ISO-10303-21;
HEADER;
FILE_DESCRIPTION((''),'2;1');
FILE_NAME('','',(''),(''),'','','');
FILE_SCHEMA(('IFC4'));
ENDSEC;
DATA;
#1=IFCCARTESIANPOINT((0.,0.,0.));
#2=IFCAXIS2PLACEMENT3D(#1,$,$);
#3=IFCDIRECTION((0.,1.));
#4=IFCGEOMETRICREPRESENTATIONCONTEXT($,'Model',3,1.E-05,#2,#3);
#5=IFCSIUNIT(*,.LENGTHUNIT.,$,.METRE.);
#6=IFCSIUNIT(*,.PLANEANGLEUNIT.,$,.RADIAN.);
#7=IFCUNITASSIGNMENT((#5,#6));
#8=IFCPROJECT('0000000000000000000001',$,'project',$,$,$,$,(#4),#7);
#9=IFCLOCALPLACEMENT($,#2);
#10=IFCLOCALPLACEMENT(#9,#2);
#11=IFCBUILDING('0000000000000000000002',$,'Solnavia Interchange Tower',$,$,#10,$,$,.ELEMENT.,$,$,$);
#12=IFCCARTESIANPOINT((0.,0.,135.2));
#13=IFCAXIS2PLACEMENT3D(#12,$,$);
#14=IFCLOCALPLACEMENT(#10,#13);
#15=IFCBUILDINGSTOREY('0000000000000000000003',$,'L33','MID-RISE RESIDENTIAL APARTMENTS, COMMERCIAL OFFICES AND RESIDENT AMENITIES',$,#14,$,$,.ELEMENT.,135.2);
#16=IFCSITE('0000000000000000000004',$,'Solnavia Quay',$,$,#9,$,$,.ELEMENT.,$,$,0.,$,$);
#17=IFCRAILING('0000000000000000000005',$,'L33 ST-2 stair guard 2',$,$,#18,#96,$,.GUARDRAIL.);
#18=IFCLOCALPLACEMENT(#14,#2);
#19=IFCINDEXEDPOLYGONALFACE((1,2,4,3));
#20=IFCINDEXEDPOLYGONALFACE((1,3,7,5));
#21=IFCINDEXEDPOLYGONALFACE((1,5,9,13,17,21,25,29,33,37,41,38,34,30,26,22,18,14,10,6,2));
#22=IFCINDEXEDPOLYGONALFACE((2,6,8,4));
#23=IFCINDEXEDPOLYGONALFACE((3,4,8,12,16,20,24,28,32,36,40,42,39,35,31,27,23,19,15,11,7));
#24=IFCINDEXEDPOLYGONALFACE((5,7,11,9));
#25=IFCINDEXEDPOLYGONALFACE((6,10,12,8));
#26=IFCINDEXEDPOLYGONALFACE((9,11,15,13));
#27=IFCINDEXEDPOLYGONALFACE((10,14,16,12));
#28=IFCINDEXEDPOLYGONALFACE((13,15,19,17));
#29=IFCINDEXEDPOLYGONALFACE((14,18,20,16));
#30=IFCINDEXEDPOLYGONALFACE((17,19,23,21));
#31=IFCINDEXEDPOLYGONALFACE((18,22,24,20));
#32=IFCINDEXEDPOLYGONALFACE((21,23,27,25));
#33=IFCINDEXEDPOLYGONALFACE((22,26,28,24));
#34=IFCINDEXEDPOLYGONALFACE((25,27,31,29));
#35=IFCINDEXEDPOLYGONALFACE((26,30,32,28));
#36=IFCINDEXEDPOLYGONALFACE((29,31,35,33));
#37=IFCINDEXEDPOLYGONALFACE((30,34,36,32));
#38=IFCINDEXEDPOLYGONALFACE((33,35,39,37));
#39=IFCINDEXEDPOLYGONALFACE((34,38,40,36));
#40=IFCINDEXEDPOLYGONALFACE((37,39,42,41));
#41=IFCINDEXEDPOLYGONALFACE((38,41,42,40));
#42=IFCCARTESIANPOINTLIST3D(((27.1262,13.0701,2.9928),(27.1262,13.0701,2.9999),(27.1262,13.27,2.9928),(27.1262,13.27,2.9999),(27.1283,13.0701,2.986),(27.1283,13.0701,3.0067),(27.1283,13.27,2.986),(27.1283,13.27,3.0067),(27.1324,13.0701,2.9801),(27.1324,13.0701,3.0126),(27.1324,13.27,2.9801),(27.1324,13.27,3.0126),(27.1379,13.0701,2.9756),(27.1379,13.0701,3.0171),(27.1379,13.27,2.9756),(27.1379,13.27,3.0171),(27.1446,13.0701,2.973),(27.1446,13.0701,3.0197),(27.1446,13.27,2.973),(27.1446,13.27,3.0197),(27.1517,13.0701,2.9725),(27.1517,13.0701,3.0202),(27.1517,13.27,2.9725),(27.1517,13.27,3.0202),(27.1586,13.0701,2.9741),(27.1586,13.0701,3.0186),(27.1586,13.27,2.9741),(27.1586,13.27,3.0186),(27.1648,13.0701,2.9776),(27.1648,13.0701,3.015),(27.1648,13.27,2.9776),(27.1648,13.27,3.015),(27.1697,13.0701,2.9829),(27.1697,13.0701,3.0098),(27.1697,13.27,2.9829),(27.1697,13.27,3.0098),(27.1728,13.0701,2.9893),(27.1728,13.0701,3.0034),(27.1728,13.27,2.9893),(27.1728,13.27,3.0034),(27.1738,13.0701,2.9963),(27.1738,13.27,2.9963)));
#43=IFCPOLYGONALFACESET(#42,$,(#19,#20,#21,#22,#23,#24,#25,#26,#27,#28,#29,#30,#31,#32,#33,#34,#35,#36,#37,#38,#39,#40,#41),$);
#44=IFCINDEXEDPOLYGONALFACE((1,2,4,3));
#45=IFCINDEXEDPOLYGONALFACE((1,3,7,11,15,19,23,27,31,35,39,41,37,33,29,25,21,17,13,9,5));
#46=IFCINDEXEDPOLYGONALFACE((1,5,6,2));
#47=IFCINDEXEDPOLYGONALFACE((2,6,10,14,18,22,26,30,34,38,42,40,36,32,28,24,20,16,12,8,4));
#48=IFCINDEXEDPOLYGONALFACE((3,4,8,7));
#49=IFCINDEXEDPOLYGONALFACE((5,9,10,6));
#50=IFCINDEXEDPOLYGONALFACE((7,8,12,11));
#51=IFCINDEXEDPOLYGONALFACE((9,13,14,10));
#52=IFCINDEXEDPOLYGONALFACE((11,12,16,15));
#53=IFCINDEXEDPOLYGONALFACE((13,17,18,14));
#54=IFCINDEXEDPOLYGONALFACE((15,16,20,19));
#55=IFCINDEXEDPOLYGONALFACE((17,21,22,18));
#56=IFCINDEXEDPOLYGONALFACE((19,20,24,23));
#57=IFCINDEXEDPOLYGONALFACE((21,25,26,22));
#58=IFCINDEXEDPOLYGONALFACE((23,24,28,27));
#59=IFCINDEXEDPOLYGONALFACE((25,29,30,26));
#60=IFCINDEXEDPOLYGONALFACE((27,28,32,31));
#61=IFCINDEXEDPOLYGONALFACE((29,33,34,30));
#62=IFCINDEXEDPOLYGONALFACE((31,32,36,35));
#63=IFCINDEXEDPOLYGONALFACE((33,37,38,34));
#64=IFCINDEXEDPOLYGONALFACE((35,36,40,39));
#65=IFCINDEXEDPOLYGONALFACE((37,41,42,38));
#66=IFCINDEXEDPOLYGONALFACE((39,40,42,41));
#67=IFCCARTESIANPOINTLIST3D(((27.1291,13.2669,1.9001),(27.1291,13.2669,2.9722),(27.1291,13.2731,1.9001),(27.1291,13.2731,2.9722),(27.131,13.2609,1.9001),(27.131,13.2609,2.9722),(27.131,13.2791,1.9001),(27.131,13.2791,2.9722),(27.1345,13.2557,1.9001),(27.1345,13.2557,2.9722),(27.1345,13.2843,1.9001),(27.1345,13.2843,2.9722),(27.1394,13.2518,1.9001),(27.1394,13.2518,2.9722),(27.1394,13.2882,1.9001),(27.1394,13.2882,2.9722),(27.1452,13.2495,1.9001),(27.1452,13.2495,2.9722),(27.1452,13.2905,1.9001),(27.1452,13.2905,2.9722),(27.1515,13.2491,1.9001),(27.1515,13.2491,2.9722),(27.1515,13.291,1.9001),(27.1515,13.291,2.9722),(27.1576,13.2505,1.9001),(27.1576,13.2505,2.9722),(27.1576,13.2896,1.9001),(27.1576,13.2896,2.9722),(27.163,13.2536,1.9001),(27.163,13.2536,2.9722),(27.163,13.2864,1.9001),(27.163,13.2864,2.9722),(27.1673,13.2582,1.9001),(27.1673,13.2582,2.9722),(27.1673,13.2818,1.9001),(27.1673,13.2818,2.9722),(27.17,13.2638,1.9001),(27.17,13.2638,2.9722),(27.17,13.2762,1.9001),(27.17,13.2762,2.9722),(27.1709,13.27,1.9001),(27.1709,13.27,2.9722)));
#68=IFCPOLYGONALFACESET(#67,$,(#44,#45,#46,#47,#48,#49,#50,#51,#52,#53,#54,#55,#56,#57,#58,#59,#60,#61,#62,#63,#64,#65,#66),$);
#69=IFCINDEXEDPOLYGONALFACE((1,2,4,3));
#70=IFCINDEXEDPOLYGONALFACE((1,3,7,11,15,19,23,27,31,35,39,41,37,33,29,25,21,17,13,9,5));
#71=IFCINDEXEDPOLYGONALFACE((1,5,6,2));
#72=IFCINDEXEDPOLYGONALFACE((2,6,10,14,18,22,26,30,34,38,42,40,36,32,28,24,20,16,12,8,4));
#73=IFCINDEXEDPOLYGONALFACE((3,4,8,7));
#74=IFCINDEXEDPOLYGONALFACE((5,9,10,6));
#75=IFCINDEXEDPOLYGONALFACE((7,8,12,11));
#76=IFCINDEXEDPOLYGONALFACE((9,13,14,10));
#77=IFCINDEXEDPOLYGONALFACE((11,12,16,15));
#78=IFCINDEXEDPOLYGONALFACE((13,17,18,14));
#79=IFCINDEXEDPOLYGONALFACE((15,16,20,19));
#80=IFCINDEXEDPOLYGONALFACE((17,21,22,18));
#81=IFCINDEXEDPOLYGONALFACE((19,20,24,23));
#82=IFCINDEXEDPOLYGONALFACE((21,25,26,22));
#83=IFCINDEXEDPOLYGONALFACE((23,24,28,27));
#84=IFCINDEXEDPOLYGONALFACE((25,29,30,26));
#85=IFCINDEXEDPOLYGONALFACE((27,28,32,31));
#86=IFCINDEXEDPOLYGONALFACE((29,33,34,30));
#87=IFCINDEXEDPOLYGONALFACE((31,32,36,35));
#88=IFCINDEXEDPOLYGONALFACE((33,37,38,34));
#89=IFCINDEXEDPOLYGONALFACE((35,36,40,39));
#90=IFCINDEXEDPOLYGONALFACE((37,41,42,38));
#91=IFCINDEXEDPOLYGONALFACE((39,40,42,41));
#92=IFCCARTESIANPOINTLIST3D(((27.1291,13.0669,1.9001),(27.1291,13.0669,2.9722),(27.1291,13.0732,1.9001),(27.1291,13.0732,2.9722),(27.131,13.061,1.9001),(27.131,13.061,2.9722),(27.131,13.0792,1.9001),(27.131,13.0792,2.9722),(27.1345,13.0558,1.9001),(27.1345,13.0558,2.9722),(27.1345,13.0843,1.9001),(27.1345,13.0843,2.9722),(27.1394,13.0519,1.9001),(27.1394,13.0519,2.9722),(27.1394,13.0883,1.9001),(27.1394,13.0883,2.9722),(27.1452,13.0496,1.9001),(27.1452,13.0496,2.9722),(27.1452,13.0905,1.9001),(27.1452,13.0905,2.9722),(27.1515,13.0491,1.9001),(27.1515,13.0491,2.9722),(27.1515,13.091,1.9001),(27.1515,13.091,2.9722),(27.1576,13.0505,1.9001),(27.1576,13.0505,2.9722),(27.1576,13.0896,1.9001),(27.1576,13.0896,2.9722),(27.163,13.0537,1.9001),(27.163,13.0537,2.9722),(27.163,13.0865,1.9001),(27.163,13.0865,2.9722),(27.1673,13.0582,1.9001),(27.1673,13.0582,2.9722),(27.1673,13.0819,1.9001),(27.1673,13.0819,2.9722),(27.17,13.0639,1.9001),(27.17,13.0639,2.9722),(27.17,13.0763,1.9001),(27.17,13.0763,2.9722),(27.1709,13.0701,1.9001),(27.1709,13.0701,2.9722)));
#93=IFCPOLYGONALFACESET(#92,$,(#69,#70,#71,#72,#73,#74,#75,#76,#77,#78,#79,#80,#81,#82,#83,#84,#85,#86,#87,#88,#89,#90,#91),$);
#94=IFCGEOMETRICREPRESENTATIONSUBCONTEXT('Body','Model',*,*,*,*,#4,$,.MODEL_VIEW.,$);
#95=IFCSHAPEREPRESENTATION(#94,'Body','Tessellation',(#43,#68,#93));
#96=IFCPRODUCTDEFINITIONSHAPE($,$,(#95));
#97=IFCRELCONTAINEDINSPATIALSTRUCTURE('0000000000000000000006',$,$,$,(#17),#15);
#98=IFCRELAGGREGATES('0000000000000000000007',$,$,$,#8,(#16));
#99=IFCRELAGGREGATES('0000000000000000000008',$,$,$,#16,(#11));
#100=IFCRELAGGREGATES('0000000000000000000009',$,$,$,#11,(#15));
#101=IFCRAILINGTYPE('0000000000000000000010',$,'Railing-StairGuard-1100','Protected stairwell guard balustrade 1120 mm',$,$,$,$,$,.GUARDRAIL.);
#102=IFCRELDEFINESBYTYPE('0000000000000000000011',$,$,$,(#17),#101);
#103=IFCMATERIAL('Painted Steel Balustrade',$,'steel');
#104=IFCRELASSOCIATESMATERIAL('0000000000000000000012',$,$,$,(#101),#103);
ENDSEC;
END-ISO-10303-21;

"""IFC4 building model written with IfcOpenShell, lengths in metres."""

from ifc_helpers import new_model, si_unit, direction, frame, origin, origin_2d, place, context, subcontext, project, spatial, circle, extrude, material, type_object, element, save


model = new_model("IFC4")

# Units and contexts
model_context = context("Model", 3, precision=1e-05, world=origin(), true_north=direction((0.0, 1.0)))
body_context = subcontext(model_context, "Body", "Model", "MODEL_VIEW")
ifc_project = project(units=[si_unit("LENGTHUNIT", "METRE"), si_unit("PLANEANGLEUNIT", "RADIAN")], contexts=[model_context])

# Site, building, storey
site_placement = place(None, origin())
site = spatial("IfcSite", under=ifc_project, at=site_placement, Name="Solnavia Quay", CompositionType="ELEMENT", RefElevation=0.0)
building_placement = place(site_placement, origin())
building = spatial("IfcBuilding", under=site, at=building_placement, Name="Solnavia Interchange Tower", CompositionType="ELEMENT")
storey_placement = place(building_placement, frame((0.0, 0.0, 135.2)))
storey = spatial("IfcBuildingStorey", under=building, at=storey_placement, Name="L33", Description="MID-RISE RESIDENTIAL APARTMENTS, COMMERCIAL OFFICES AND RESIDENT AMENITIES", CompositionType="ELEMENT", Elevation=135.2)

# Railing
ifc_material_1 = material(Name="Painted Steel Balustrade", Category="steel")
railing_type_1 = type_object("IfcRailingType", Name="Railing-StairGuard-1100", Description="Protected stairwell guard balustrade 1120 mm", PredefinedType="GUARDRAIL", material=ifc_material_1)
railing_1_placement = place(storey_placement, frame((27.1499, 13.27, 1.9001)))
element("IfcRailing", 1, at=railing_1_placement, inside=storey, type_object=railing_type_1, Name="L33 ST-2 stair guard 2", PredefinedType="GUARDRAIL", context=body_context, shape_type="SweptSolid", body=[
    extrude(circle(Radius=0.0239, at=origin_2d()), frame((0.0, 0.0, 1.0962), z_axis=(0.0, -1.0, 0.0), x_axis=(1.0, 0.0, 0.0)), (0.0, 0.0, 1.0), 0.2),
    extrude(circle(Radius=0.021, at=origin_2d()), origin(), (0.0, 0.0, 1.0), 1.072),
    extrude(circle(Radius=0.021, at=origin_2d()), frame((0.0, -0.2, 0.0)), (0.0, 0.0, 1.0), 1.072),
])

save(model, "model.ifc")
